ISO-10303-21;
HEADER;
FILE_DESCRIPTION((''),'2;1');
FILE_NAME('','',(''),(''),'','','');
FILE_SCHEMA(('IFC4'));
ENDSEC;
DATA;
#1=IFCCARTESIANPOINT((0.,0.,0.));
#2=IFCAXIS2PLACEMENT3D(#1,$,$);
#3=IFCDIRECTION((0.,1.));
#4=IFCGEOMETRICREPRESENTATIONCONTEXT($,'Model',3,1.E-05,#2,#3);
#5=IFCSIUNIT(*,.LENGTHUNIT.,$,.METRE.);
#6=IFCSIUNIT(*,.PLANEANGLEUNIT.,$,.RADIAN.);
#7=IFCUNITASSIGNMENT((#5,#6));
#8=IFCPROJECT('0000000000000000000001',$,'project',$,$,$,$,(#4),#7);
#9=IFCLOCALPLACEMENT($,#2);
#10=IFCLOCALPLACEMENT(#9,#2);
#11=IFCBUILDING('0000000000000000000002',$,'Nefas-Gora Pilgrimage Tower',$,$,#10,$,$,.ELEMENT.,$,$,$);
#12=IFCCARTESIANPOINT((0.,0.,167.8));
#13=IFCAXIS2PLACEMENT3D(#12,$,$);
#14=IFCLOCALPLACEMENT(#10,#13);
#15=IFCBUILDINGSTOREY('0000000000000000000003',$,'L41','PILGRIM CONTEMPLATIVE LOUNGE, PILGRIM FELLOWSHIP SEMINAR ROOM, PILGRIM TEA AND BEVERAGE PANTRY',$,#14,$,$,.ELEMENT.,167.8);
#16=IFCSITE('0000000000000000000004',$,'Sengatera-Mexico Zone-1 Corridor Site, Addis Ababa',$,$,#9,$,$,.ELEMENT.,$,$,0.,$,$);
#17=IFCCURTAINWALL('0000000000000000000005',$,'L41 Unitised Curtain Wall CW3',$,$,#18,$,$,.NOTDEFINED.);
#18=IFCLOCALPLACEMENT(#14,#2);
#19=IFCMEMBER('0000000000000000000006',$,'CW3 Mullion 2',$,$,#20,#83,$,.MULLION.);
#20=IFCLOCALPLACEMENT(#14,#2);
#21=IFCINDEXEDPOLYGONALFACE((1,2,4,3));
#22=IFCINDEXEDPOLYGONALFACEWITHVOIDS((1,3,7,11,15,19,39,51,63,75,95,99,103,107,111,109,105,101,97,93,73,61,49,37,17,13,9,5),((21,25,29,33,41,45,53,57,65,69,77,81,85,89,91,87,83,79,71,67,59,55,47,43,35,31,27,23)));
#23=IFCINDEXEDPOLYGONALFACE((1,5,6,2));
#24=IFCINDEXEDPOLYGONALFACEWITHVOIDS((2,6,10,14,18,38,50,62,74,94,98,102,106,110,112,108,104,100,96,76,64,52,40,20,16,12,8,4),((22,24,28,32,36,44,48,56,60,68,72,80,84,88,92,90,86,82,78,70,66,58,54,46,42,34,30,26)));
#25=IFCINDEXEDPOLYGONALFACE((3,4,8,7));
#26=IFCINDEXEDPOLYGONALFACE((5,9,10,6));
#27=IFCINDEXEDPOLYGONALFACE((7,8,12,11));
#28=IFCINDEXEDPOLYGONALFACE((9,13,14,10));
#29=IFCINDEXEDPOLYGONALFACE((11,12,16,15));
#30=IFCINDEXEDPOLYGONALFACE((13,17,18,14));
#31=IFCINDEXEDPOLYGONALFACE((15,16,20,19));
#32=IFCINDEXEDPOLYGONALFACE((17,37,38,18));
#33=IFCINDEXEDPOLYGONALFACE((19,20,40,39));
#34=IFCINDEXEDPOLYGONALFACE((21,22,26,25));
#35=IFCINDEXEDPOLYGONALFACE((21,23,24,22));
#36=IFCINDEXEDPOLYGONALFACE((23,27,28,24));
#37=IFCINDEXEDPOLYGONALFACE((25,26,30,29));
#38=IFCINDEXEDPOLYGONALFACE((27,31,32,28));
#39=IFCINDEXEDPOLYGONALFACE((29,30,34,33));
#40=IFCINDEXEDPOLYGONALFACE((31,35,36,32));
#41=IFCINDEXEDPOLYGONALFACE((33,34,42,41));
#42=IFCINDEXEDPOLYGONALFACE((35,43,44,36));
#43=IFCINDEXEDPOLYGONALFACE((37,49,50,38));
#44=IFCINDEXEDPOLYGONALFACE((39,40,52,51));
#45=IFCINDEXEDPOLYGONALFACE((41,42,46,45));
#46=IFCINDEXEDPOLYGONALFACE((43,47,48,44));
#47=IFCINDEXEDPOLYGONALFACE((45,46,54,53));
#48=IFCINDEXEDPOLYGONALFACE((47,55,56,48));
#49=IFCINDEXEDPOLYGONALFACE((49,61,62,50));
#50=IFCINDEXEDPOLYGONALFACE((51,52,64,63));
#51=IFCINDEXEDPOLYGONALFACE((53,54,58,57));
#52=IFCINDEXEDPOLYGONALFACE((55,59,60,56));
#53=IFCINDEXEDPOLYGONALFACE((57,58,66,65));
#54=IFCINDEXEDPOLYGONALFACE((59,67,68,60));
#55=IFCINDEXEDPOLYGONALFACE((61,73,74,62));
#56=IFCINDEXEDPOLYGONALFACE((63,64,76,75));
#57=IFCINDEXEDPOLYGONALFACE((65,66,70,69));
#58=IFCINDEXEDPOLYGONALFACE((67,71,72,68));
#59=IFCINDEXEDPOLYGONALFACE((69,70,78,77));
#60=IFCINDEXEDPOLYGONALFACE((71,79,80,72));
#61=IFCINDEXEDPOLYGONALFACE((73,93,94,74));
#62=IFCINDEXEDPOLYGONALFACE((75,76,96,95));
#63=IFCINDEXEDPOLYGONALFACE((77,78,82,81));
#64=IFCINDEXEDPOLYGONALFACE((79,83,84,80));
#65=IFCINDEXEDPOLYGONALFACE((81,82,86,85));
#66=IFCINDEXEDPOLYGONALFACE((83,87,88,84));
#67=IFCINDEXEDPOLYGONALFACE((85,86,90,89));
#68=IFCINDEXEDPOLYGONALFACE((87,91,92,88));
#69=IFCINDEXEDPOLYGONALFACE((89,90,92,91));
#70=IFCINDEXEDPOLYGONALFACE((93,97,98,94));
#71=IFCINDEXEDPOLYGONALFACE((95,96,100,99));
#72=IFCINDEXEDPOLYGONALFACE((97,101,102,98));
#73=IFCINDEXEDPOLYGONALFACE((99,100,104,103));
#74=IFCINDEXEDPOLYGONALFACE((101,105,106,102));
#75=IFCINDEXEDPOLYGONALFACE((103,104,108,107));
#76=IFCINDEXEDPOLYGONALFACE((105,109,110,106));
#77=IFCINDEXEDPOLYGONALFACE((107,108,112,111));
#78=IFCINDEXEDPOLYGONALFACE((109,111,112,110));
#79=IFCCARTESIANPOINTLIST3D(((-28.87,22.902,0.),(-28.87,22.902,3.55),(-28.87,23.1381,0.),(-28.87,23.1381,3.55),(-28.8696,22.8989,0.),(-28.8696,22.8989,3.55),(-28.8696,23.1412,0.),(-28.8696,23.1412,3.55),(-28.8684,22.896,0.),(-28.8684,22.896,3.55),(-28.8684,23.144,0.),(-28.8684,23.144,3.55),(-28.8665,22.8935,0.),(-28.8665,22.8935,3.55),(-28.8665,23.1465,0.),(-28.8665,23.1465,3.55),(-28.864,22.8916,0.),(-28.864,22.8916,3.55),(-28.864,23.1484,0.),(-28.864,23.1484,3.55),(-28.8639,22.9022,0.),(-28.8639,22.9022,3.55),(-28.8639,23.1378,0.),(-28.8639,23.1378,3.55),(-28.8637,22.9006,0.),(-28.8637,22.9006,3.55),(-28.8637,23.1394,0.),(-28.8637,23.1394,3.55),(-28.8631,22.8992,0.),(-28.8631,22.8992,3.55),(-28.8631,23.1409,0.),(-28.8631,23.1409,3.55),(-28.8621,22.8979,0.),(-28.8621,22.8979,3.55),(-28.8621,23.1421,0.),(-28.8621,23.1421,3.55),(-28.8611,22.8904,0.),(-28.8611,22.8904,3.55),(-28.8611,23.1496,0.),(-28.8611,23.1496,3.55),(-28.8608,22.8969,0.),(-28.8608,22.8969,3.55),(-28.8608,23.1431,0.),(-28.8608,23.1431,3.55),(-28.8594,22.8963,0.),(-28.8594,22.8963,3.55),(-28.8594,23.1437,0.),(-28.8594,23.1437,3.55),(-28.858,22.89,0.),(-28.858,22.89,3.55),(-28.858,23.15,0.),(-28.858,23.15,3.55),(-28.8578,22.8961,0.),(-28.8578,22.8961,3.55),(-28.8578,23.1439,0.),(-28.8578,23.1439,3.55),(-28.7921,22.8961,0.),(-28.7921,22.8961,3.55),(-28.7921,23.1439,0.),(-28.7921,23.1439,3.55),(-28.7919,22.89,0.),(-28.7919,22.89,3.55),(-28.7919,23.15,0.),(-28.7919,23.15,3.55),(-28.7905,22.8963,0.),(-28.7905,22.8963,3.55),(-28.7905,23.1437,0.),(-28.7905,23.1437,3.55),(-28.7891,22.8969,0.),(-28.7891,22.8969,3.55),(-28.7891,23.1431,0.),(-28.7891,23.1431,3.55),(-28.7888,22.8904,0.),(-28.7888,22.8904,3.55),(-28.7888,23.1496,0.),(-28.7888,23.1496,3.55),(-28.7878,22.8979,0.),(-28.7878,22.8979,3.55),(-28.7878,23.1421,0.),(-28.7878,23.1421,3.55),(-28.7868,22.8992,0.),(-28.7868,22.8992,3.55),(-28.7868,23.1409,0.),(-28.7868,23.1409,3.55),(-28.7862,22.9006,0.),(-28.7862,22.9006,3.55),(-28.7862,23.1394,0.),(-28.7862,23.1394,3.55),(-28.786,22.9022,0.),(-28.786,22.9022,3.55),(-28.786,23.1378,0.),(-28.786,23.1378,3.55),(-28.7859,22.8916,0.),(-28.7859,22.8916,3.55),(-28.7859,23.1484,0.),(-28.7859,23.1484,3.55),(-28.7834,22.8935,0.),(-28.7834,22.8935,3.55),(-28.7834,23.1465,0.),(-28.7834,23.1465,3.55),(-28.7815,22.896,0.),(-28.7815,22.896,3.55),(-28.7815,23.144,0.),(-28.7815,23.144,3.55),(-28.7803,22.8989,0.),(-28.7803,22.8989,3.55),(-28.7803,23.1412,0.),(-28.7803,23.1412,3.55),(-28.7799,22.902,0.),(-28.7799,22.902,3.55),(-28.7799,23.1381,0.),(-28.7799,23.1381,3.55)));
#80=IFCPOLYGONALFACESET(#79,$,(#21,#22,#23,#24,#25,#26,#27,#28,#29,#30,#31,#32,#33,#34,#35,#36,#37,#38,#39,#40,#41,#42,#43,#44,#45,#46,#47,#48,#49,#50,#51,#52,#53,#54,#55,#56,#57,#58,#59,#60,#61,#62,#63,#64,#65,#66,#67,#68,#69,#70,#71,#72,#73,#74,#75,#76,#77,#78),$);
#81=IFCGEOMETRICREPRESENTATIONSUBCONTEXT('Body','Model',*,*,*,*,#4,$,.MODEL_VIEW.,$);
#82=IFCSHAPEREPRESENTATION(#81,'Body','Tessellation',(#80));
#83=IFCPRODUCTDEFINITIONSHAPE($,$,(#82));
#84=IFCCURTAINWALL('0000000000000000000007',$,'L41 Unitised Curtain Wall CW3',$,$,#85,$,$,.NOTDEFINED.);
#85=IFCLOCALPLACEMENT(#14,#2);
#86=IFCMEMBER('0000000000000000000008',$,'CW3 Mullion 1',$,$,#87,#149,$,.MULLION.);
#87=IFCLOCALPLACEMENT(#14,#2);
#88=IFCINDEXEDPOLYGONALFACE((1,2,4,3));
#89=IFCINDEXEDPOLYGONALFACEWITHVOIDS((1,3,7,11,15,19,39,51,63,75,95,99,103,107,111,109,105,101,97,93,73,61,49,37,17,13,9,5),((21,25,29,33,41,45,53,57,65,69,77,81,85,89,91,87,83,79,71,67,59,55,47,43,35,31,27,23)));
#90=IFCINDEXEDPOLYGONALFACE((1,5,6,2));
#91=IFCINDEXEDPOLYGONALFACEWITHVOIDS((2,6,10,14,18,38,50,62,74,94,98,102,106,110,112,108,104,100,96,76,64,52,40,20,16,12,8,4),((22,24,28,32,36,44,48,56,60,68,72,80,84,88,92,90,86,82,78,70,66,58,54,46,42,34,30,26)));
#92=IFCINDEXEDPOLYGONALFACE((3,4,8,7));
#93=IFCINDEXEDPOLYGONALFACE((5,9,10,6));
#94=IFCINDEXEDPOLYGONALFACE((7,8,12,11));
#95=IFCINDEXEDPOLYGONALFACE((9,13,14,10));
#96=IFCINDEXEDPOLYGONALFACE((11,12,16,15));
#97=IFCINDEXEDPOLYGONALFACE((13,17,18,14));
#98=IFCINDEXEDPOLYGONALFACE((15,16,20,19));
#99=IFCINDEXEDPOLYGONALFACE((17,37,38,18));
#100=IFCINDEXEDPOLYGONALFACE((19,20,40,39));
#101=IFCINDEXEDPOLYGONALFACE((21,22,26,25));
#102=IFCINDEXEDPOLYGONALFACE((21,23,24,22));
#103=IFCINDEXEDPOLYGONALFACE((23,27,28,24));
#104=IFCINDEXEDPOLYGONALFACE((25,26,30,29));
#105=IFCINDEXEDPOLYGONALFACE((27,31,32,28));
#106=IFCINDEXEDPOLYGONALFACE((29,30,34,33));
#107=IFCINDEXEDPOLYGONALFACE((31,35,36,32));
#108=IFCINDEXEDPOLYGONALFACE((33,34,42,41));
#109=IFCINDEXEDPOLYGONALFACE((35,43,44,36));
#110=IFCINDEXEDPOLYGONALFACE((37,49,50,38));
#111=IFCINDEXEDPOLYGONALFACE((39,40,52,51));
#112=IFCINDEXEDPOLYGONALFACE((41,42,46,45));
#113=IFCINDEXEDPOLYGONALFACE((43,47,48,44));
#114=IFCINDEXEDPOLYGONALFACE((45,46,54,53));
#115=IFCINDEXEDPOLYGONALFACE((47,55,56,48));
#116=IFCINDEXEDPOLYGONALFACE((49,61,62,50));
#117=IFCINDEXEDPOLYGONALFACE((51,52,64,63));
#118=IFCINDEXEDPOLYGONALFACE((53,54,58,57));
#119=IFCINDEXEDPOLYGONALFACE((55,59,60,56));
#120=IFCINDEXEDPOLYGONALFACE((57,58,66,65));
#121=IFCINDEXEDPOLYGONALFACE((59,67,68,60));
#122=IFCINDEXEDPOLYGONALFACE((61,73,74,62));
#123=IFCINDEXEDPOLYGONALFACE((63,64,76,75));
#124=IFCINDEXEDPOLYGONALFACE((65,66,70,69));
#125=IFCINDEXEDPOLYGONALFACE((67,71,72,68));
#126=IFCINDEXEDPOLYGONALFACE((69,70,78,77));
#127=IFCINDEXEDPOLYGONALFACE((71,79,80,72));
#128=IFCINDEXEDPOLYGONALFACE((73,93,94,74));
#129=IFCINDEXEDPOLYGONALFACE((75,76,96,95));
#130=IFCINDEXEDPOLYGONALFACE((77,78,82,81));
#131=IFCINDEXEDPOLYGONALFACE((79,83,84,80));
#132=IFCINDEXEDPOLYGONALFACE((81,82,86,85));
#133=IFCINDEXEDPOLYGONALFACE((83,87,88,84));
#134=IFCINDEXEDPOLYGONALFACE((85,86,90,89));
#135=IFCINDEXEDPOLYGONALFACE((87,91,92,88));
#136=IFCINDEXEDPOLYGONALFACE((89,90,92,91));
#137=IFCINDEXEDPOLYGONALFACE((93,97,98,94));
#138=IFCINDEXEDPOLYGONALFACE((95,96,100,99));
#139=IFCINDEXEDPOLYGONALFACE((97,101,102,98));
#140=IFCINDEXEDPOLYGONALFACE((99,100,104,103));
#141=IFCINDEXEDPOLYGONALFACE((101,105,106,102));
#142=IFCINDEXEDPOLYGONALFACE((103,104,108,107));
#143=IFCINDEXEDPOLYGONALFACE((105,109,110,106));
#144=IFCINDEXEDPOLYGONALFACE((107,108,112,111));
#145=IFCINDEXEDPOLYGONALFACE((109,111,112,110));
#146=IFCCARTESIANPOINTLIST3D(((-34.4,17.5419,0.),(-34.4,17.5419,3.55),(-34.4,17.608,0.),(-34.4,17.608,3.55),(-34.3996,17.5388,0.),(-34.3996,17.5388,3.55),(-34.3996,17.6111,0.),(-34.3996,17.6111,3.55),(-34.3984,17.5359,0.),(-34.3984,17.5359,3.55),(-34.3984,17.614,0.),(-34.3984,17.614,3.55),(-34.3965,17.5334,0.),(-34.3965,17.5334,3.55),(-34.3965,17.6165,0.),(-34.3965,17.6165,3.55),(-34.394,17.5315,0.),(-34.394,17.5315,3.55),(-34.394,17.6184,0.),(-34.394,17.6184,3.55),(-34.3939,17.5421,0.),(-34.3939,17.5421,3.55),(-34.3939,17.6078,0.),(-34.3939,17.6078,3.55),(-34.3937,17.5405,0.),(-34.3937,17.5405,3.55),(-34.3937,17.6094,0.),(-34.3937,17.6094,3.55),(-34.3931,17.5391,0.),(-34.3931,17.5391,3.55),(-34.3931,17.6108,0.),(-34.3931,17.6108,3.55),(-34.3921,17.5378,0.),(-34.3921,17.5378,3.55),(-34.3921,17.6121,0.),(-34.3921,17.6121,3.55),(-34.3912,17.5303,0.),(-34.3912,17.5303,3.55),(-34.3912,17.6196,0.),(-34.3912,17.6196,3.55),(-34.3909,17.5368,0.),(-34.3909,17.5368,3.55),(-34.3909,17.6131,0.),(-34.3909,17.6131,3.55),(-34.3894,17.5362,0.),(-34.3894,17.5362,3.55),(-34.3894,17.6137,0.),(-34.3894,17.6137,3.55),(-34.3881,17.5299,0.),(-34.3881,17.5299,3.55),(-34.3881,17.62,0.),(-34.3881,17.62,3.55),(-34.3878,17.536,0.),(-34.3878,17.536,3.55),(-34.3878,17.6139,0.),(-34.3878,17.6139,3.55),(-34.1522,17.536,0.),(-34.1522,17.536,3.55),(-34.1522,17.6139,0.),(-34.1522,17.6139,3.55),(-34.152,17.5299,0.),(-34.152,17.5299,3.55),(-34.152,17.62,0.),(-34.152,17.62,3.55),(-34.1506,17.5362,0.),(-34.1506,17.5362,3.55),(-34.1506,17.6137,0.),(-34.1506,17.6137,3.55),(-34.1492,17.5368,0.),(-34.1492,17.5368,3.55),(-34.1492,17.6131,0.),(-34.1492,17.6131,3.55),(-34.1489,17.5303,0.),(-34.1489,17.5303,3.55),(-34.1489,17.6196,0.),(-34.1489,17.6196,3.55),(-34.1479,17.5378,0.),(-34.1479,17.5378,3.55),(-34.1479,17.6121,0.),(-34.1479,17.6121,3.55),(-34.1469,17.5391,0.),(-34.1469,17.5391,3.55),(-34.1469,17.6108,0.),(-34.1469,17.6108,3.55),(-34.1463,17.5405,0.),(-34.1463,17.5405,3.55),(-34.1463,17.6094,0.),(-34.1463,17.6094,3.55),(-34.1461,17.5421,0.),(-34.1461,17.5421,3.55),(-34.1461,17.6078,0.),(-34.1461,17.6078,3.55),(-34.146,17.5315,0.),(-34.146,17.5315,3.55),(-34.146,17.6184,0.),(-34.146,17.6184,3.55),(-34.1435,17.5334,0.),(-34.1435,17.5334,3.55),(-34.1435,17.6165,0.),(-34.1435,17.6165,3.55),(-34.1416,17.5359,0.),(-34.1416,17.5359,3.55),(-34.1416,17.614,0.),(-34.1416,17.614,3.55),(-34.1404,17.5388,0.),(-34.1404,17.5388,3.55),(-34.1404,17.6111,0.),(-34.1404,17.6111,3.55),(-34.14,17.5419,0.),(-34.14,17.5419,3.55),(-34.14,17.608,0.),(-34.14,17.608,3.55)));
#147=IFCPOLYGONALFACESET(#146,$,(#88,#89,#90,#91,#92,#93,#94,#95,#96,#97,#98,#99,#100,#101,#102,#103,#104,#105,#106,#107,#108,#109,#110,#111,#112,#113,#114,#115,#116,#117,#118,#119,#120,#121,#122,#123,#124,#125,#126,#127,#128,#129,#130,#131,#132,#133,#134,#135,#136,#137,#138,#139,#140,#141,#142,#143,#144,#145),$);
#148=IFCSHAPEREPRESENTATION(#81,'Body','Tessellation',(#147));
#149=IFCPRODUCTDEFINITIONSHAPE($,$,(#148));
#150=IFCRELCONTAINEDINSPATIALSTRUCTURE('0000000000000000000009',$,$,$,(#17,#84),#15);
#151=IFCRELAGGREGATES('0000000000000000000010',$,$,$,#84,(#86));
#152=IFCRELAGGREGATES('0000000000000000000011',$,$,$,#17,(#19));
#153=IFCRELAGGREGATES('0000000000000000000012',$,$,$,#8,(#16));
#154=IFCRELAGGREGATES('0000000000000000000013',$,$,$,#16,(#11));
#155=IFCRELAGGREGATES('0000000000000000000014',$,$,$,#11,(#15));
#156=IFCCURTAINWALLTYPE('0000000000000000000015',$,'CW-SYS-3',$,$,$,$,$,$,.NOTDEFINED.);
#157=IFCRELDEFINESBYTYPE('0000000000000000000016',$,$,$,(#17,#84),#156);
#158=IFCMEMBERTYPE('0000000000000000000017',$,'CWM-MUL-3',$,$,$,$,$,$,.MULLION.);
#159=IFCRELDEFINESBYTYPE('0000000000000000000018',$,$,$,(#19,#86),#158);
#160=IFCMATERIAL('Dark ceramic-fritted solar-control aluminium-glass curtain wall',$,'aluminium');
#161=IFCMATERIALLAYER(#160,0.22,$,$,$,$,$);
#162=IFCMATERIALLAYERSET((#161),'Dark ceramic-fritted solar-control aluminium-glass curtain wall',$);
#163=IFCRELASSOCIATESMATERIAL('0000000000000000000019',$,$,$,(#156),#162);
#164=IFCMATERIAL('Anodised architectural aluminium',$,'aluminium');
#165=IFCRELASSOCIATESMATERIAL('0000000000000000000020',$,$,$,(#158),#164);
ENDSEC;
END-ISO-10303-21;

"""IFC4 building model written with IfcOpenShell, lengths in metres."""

from ifc_helpers import new_model, si_unit, direction, frame, origin, origin_2d, place, context, subcontext, project, spatial, hollow_rectangle, extrude, source, transform, mapped, material, layer, layer_set, material_profile, profile_set, type_object, element, aggregate, save


model = new_model("IFC4")

# Units and contexts
model_context = context("Model", 3, precision=1e-05, world=origin(), true_north=direction((0.0, 1.0)))
body_context = subcontext(model_context, "Body", "Model", "MODEL_VIEW")
ifc_project = project(units=[si_unit("LENGTHUNIT", "METRE"), si_unit("PLANEANGLEUNIT", "RADIAN")], contexts=[model_context])

# Site, building, storey
site_placement = place(None, origin())
site = spatial("IfcSite", under=ifc_project, at=site_placement, Name="Sengatera-Mexico Zone-1 Corridor Site, Addis Ababa", CompositionType="ELEMENT", RefElevation=0.0)
building_placement = place(site_placement, origin())
building = spatial("IfcBuilding", under=site, at=building_placement, Name="Nefas-Gora Pilgrimage Tower", CompositionType="ELEMENT")
storey_placement = place(building_placement, frame((0.0, 0.0, 167.8)))
storey = spatial("IfcBuildingStorey", under=building, at=storey_placement, Name="L41", Description="PILGRIM CONTEMPLATIVE LOUNGE, PILGRIM FELLOWSHIP SEMINAR ROOM, PILGRIM TEA AND BEVERAGE PANTRY", CompositionType="ELEMENT", Elevation=167.8)

# Shared definitions
ifc_material_1 = material(Name="Dark ceramic-fritted solar-control aluminium-glass curtain wall", Category="aluminium")
ifc_material_2 = material(Name="Anodised architectural aluminium", Category="aluminium")

# Curtain wall, member
ifc_layer_1 = layer(ifc_material_1, 0.22)
ifc_layer_set_1 = layer_set([ifc_layer_1], Name="Dark ceramic-fritted solar-control aluminium-glass curtain wall")
curtain_wall_type_1 = type_object("IfcCurtainWallType", Name="CW-SYS-3", PredefinedType="NOTDEFINED", material=ifc_layer_set_1)
curtain_wall_1_placement = place(storey_placement, origin())
curtain_wall_1 = element("IfcCurtainWall", 1, at=curtain_wall_1_placement, inside=storey, type_object=curtain_wall_type_1, Name="L41 Unitised Curtain Wall CW3", PredefinedType="NOTDEFINED")
ifc_material_profile_1 = material_profile(ifc_material_2, hollow_rectangle(XDim=0.0901, YDim=0.26, WallThickness=0.0061, InnerFilletRadius=0.0061, OuterFilletRadius=0.012, at=origin_2d()), Name="ALU MULLION 90x260")
ifc_profile_set_1 = profile_set([ifc_material_profile_1], Name="Anodised architectural aluminium")
member_type_1 = type_object("IfcMemberType", Name="CWM-MUL-3", PredefinedType="MULLION", material=ifc_profile_set_1)
shared_shape_1 = source(origin(), body_context, "Body", "SweptSolid", [
    extrude(hollow_rectangle(XDim=0.0901, YDim=0.26, WallThickness=0.0061, InnerFilletRadius=0.0061, OuterFilletRadius=0.012, at=origin_2d()), origin(), (0.0, 0.0, 1.0), 3.55),
])
member_1_placement = place(storey_placement, frame((-28.825, 23.02, 0.0), z_axis=(0.0, 0.0, 1.0), x_axis=(-1.0, 0.0, 0.0)))
member_1 = element("IfcMember", 2, at=member_1_placement, type_object=member_type_1, Name="CW3 Mullion 2", PredefinedType="MULLION", context=body_context, shape_type="MappedRepresentation", body=[
    mapped(shared_shape_1, transform((0.0, 0.0, 0.0), x_axis=(1.0, 0.0, 0.0), y_axis=(0.0, 1.0, 0.0), z_axis=(0.0, 0.0, 1.0), scale=1.0)),
])

# Curtain wall, member
curtain_wall_2_placement = place(storey_placement, origin())
curtain_wall_2 = element("IfcCurtainWall", 3, at=curtain_wall_2_placement, inside=storey, type_object=curtain_wall_type_1, Name="L41 Unitised Curtain Wall CW3", PredefinedType="NOTDEFINED")
member_2_placement = place(storey_placement, frame((-34.27, 17.575, 0.0), z_axis=(0.0, 0.0, 1.0), x_axis=(0.0, -1.0, 0.0)))
member_2 = element("IfcMember", 4, at=member_2_placement, type_object=member_type_1, Name="CW3 Mullion 1", PredefinedType="MULLION", context=body_context, shape_type="MappedRepresentation", body=[
    mapped(shared_shape_1, transform((0.0, 0.0, 0.0), x_axis=(1.0, 0.0, 0.0), y_axis=(0.0, 1.0, 0.0), z_axis=(0.0, 0.0, 1.0), scale=1.0)),
])

aggregate(curtain_wall_2, [member_2])

aggregate(curtain_wall_1, [member_1])

save(model, "model.ifc")
